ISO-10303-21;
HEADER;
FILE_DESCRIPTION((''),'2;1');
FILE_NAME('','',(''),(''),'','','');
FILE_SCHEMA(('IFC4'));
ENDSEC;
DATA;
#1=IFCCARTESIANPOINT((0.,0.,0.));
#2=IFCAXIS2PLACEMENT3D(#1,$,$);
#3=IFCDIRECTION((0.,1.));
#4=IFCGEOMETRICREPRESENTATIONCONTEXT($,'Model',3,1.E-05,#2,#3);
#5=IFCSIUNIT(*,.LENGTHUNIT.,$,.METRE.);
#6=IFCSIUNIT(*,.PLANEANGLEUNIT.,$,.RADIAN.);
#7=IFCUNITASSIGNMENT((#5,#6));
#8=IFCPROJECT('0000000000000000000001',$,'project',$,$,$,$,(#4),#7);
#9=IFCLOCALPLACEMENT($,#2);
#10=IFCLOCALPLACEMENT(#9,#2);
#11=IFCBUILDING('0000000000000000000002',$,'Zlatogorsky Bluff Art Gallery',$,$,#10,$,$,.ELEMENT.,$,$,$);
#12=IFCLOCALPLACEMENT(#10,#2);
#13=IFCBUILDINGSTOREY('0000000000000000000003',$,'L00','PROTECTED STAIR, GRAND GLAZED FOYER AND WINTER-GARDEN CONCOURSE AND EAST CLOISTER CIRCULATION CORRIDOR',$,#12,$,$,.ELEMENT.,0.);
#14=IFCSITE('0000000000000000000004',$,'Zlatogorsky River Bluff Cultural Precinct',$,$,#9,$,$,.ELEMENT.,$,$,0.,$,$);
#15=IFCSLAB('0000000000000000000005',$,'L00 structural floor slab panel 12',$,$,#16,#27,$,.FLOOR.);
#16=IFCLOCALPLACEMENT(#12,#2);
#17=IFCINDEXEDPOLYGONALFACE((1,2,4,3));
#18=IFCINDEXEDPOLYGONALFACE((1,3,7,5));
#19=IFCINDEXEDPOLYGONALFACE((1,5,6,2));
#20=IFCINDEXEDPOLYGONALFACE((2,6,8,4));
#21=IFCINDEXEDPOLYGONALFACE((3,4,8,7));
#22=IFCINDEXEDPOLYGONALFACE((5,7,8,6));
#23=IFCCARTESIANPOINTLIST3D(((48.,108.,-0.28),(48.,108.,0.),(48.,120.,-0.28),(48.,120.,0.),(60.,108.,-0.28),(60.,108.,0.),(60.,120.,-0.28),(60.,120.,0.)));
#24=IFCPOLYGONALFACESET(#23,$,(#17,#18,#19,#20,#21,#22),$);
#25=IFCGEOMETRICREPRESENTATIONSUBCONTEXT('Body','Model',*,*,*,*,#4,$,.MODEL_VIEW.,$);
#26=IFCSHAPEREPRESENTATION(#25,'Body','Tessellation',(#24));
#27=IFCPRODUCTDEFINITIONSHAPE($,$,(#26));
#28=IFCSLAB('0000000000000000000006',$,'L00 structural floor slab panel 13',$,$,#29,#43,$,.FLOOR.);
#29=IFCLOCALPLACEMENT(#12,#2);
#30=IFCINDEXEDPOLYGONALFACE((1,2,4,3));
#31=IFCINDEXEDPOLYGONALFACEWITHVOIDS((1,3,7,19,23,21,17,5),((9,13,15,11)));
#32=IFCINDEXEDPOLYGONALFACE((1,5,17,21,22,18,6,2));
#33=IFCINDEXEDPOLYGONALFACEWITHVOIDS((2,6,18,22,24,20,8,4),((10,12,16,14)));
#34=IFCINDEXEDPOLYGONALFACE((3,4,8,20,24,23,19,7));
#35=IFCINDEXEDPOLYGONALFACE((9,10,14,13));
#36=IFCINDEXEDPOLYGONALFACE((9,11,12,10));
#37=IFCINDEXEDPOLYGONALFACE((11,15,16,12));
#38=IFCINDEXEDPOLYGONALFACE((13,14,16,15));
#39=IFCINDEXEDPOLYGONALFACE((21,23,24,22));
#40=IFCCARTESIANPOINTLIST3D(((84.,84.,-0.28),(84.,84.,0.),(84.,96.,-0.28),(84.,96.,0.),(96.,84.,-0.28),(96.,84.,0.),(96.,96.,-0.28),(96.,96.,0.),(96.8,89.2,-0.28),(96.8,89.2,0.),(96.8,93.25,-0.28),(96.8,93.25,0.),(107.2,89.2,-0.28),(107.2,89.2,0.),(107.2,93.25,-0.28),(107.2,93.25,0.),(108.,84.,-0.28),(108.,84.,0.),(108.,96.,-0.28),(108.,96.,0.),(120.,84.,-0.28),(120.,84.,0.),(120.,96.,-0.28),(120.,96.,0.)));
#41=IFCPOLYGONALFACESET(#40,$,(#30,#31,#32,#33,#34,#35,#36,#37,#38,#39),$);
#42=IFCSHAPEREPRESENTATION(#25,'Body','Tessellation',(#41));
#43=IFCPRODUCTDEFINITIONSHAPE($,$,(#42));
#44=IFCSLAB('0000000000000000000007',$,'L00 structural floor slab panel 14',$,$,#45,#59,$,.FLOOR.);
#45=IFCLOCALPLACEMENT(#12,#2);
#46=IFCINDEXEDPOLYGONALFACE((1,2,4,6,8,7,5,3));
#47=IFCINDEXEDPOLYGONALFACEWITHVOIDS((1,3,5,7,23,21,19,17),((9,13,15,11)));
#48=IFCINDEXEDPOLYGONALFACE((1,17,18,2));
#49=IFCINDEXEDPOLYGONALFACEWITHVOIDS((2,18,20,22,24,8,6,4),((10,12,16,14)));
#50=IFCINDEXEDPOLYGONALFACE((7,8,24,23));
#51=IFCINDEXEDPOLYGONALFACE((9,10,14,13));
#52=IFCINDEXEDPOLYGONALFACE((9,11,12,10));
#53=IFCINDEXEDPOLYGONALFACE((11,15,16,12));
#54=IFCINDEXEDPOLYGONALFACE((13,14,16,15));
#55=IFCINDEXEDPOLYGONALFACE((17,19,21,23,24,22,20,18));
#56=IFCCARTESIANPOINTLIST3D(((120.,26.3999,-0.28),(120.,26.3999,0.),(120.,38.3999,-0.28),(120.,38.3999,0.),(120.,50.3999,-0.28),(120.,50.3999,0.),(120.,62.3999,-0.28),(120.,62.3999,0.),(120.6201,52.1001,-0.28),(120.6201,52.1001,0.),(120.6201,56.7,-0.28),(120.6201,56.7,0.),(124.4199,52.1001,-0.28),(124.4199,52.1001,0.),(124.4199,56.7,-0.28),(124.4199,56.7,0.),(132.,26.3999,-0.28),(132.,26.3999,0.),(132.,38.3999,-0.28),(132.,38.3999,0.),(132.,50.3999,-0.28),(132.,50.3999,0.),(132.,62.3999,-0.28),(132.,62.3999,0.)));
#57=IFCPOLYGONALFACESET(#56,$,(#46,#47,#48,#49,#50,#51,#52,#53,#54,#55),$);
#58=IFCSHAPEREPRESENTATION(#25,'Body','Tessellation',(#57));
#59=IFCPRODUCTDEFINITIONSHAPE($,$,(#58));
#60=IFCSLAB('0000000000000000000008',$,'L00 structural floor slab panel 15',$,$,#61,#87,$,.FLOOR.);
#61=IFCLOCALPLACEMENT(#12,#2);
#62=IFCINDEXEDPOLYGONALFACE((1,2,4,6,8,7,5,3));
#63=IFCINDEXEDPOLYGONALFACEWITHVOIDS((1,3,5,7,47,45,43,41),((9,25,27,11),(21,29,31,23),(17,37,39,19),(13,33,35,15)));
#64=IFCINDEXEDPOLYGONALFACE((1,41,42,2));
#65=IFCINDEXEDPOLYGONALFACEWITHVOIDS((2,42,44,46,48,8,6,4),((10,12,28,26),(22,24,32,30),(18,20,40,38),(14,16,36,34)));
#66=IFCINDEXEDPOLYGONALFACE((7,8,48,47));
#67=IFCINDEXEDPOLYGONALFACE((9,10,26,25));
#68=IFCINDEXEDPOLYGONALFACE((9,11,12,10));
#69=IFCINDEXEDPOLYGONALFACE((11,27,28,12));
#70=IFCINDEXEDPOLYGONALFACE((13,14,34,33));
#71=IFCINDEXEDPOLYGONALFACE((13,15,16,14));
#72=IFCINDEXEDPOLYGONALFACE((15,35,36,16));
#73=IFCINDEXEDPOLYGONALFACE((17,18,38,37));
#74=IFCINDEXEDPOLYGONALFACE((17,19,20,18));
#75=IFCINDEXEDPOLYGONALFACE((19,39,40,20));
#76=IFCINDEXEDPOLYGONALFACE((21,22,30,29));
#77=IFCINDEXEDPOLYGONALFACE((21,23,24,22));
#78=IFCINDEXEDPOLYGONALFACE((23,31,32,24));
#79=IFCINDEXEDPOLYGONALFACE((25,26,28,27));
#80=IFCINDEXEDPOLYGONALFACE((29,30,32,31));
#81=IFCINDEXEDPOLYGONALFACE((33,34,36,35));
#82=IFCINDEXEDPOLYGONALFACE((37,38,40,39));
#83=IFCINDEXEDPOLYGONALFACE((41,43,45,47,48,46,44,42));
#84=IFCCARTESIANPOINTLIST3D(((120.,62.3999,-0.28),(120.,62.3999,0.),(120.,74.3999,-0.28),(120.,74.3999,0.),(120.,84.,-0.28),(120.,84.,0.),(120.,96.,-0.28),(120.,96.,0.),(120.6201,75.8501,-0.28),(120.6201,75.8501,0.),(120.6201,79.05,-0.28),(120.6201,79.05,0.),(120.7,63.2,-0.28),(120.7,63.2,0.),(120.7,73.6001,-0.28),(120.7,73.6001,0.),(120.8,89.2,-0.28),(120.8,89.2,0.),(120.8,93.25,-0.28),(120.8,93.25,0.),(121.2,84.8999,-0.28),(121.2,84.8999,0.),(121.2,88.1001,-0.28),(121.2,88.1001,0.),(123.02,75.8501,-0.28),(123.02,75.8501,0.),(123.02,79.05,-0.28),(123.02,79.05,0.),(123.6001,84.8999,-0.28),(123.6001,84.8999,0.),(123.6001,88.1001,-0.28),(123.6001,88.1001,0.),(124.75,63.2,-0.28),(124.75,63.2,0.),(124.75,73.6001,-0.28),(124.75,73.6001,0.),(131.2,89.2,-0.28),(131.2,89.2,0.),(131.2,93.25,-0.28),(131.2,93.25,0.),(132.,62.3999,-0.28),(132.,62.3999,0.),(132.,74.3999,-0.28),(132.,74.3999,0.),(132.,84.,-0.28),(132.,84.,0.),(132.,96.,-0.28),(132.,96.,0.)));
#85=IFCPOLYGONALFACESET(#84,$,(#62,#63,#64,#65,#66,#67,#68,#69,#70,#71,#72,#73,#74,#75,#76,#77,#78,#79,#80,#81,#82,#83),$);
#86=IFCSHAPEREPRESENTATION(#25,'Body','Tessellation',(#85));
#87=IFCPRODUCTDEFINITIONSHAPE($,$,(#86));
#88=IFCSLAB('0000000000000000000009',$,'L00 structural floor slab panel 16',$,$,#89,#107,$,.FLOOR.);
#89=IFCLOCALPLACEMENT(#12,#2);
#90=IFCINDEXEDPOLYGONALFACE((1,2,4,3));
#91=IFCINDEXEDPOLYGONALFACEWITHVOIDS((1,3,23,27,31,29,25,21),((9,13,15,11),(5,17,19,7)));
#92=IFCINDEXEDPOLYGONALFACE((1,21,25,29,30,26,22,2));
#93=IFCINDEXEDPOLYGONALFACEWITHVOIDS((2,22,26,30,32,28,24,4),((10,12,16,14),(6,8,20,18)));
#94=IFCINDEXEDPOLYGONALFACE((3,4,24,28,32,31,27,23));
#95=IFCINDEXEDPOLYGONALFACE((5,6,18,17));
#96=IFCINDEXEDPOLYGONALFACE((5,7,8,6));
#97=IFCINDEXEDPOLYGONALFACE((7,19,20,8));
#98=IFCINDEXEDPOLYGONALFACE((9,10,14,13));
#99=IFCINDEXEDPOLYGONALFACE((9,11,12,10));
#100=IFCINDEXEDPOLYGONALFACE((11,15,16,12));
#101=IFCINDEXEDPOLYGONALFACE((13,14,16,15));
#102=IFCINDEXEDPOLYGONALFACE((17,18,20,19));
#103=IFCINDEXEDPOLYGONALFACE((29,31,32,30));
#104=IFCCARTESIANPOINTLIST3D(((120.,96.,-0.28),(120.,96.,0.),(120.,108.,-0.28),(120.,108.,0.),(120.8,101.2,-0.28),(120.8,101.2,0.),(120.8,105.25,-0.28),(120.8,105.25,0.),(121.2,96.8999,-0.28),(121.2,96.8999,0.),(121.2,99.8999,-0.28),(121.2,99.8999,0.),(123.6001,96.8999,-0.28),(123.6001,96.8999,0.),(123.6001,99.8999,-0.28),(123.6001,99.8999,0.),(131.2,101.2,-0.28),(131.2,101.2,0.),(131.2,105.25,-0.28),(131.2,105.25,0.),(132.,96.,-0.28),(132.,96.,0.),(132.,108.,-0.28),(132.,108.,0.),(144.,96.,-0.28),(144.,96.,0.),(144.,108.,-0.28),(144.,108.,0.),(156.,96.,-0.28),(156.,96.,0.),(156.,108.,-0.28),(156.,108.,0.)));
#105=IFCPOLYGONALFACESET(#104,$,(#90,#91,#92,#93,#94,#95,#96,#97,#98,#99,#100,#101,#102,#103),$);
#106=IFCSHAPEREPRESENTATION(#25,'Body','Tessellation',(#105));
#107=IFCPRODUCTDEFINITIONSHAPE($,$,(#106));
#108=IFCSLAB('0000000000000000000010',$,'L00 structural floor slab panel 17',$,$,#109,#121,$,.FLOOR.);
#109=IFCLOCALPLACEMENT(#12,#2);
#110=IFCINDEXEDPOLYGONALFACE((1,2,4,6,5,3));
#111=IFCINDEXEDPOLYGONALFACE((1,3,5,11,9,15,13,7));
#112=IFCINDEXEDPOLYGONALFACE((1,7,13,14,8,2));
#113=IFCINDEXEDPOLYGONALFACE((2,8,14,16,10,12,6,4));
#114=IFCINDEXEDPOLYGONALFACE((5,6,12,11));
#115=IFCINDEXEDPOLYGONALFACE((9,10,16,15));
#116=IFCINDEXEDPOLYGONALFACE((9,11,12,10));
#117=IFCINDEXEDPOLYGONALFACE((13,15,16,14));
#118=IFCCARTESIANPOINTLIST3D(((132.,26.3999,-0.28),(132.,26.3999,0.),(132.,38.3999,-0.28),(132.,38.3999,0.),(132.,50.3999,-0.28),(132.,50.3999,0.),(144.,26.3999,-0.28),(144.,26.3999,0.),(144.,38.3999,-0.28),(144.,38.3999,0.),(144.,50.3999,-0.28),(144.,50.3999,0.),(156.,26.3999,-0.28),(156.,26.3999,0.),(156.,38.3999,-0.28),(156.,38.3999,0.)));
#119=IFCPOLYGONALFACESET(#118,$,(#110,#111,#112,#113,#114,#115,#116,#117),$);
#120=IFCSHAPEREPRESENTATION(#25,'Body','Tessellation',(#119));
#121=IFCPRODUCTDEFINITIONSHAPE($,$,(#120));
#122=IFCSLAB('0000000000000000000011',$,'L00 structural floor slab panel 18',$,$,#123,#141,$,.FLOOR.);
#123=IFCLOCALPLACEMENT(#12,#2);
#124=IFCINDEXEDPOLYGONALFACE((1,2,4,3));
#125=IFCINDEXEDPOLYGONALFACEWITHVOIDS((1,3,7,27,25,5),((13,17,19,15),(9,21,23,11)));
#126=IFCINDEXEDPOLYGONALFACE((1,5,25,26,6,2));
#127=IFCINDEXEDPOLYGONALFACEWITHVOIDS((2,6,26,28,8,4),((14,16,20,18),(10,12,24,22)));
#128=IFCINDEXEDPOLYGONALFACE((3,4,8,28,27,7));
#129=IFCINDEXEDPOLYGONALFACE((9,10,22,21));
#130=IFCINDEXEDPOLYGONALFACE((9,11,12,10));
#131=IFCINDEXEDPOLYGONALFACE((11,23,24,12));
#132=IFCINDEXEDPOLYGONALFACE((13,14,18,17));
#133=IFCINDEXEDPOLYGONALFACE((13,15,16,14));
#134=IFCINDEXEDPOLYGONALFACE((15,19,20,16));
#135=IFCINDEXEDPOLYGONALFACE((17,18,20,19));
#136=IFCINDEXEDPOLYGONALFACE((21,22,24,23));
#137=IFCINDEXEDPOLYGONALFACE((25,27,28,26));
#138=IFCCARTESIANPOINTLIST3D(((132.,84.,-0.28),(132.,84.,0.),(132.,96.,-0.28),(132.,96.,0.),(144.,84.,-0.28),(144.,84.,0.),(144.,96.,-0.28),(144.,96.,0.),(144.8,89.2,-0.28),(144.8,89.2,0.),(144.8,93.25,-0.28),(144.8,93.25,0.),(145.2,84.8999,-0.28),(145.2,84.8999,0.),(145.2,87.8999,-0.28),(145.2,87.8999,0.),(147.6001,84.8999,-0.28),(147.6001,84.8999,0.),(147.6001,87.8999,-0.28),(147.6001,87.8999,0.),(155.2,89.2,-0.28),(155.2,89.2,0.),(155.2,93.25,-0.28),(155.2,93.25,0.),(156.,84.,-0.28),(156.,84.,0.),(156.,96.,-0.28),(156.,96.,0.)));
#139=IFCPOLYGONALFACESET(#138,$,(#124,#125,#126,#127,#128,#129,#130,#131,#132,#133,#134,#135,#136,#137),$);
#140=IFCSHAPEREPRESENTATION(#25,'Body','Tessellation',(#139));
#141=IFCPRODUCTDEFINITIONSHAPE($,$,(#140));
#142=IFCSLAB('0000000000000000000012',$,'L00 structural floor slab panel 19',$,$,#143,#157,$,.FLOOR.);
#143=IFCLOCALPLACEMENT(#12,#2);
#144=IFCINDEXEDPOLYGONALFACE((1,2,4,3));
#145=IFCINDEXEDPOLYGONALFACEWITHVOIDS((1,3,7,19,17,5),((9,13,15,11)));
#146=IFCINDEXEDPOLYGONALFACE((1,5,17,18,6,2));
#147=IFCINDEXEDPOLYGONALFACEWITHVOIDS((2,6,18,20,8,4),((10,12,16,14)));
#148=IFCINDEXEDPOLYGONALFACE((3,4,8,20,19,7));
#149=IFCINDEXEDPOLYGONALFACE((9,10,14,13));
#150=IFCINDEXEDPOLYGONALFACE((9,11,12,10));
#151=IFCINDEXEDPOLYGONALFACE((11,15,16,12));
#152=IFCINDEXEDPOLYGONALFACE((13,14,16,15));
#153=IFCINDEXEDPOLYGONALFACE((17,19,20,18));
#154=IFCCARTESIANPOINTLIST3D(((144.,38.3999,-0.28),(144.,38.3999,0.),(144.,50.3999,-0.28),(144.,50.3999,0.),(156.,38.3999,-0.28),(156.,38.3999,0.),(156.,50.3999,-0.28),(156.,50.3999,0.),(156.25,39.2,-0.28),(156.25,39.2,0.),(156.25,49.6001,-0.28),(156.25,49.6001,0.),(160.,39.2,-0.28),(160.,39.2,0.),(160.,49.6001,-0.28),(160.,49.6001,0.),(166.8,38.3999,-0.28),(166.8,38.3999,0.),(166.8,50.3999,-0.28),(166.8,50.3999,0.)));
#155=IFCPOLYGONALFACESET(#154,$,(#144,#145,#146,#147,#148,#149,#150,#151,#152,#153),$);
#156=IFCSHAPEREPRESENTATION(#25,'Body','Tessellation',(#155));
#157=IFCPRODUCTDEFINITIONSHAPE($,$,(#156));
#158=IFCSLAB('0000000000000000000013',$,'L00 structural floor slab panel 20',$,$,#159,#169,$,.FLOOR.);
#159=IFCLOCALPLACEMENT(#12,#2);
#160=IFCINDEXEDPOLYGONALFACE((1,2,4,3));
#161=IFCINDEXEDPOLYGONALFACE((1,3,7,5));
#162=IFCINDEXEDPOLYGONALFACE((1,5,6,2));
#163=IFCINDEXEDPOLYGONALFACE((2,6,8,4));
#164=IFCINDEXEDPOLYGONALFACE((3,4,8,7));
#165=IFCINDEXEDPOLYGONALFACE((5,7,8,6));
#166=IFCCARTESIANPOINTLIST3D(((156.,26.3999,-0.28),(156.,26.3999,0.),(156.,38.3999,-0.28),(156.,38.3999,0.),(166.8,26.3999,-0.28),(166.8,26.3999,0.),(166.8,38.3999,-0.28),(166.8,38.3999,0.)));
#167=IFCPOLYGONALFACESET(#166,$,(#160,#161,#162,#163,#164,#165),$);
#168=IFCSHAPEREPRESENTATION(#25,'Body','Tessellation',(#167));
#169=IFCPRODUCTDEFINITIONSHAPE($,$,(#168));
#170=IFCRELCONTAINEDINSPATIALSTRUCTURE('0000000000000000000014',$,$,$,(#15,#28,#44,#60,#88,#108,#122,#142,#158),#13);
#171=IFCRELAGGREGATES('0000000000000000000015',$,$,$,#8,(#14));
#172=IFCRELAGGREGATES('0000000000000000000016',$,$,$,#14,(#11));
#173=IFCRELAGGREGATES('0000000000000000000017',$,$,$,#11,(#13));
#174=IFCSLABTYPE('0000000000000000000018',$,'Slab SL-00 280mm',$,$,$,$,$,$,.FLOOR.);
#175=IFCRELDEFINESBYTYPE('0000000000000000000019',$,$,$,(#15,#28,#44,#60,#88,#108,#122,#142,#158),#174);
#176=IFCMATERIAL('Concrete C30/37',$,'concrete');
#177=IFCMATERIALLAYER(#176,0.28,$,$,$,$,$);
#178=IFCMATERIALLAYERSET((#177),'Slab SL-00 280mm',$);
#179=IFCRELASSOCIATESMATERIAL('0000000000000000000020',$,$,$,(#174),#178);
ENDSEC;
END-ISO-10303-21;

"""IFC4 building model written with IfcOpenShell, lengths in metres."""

from ifc_helpers import new_model, si_unit, direction, frame, origin, place, context, subcontext, project, spatial, polyline, outline, extrude, material, layer, layer_set, type_object, element, save


model = new_model("IFC4")

# Units and contexts
model_context = context("Model", 3, precision=1e-05, world=origin(), true_north=direction((0.0, 1.0)))
body_context = subcontext(model_context, "Body", "Model", "MODEL_VIEW")
ifc_project = project(units=[si_unit("LENGTHUNIT", "METRE"), si_unit("PLANEANGLEUNIT", "RADIAN")], contexts=[model_context])

# Site, building, storey
site_placement = place(None, origin())
site = spatial("IfcSite", under=ifc_project, at=site_placement, Name="Zlatogorsky River Bluff Cultural Precinct", CompositionType="ELEMENT", RefElevation=0.0)
building_placement = place(site_placement, origin())
building = spatial("IfcBuilding", under=site, at=building_placement, Name="Zlatogorsky Bluff Art Gallery", CompositionType="ELEMENT")
storey_placement = place(building_placement, origin())
storey = spatial("IfcBuildingStorey", under=building, at=storey_placement, Name="L00", Description="PROTECTED STAIR, GRAND GLAZED FOYER AND WINTER-GARDEN CONCOURSE AND EAST CLOISTER CIRCULATION CORRIDOR", CompositionType="ELEMENT", Elevation=0.0)

# Slabs
ifc_material_1 = material(Name="Concrete C30/37", Category="concrete")
ifc_layer_1 = layer(ifc_material_1, 0.28)
ifc_layer_set_1 = layer_set([ifc_layer_1], Name="Slab SL-00 280mm")
slab_type_1 = type_object("IfcSlabType", Name="Slab SL-00 280mm", PredefinedType="FLOOR", material=ifc_layer_set_1)
slab_1_placement = place(storey_placement, frame((0.0, 0.0, -0.28)))
element("IfcSlab", 1, at=slab_1_placement, inside=storey, type_object=slab_type_1, Name="L00 structural floor slab panel 12", PredefinedType="FLOOR", context=body_context, shape_type="SweptSolid", body=[
    extrude(outline(polyline([(48.0, 108.0), (48.0, 120.0), (60.0, 120.0), (60.0, 108.0), (48.0, 108.0)])), origin(), (0.0, 0.0, 1.0), 0.28),
])
slab_2_placement = place(storey_placement, frame((0.0, 0.0, -0.28)))
element("IfcSlab", 2, at=slab_2_placement, inside=storey, type_object=slab_type_1, Name="L00 structural floor slab panel 13", PredefinedType="FLOOR", context=body_context, shape_type="SweptSolid", body=[
    extrude(outline(polyline([(84.0, 96.0), (96.0, 96.0), (108.0, 96.0), (120.0, 96.0), (120.0, 84.0), (108.0, 84.0), (96.0, 84.0), (84.0, 84.0), (84.0, 96.0)]), holes=[polyline([(107.2, 89.2), (107.2, 93.25), (96.8, 93.25), (96.8, 89.2), (107.2, 89.2)])]), origin(), (0.0, 0.0, 1.0), 0.28),
])
slab_3_placement = place(storey_placement, frame((0.0, 0.0, -0.28)))
element("IfcSlab", 3, at=slab_3_placement, inside=storey, type_object=slab_type_1, Name="L00 structural floor slab panel 14", PredefinedType="FLOOR", context=body_context, shape_type="SweptSolid", body=[
    extrude(outline(polyline([(120.0, 26.3999), (120.0, 38.3999), (120.0, 50.3999), (120.0, 62.3999), (132.0, 62.3999), (132.0, 50.3999), (132.0, 38.3999), (132.0, 26.3999), (120.0, 26.3999)]), holes=[polyline([(124.4199, 56.7), (120.6201, 56.7), (120.6201, 52.1001), (124.4199, 52.1001), (124.4199, 56.7)])]), origin(), (0.0, 0.0, 1.0), 0.28),
])
slab_4_placement = place(storey_placement, frame((0.0, 0.0, -0.28)))
element("IfcSlab", 4, at=slab_4_placement, inside=storey, type_object=slab_type_1, Name="L00 structural floor slab panel 15", PredefinedType="FLOOR", context=body_context, shape_type="SweptSolid", body=[
    extrude(outline(polyline([(120.0, 62.3999), (120.0, 74.3999), (120.0, 84.0), (120.0, 96.0), (132.0, 96.0), (132.0, 84.0), (132.0, 74.3999), (132.0, 62.3999), (120.0, 62.3999)]), holes=[polyline([(123.02, 79.05), (120.6201, 79.05), (120.6201, 75.8501), (123.02, 75.8501), (123.02, 79.05)]), polyline([(123.6001, 88.1001), (121.2, 88.1001), (121.2, 84.8999), (123.6001, 84.8999), (123.6001, 88.1001)]), polyline([(124.75, 73.6001), (120.7, 73.6001), (120.7, 63.2), (124.75, 63.2), (124.75, 73.6001)]), polyline([(131.2, 89.2), (131.2, 93.25), (120.8, 93.25), (120.8, 89.2), (131.2, 89.2)])]), origin(), (0.0, 0.0, 1.0), 0.28),
])
slab_5_placement = place(storey_placement, frame((0.0, 0.0, -0.28)))
element("IfcSlab", 5, at=slab_5_placement, inside=storey, type_object=slab_type_1, Name="L00 structural floor slab panel 16", PredefinedType="FLOOR", context=body_context, shape_type="SweptSolid", body=[
    extrude(outline(polyline([(120.0, 108.0), (132.0, 108.0), (144.0, 108.0), (156.0, 108.0), (156.0, 96.0), (144.0, 96.0), (132.0, 96.0), (120.0, 96.0), (120.0, 108.0)]), holes=[polyline([(123.6001, 99.8999), (121.2, 99.8999), (121.2, 96.8999), (123.6001, 96.8999), (123.6001, 99.8999)]), polyline([(131.2, 101.2), (131.2, 105.25), (120.8, 105.25), (120.8, 101.2), (131.2, 101.2)])]), origin(), (0.0, 0.0, 1.0), 0.28),
])
slab_6_placement = place(storey_placement, frame((0.0, 0.0, -0.28)))
element("IfcSlab", 6, at=slab_6_placement, inside=storey, type_object=slab_type_1, Name="L00 structural floor slab panel 17", PredefinedType="FLOOR", context=body_context, shape_type="SweptSolid", body=[
    extrude(outline(polyline([(132.0, 38.3999), (132.0, 50.3999), (144.0, 50.3999), (144.0, 38.3999), (156.0, 38.3999), (156.0, 26.3999), (144.0, 26.3999), (132.0, 26.3999), (132.0, 38.3999)])), origin(), (0.0, 0.0, 1.0), 0.28),
])
slab_7_placement = place(storey_placement, frame((0.0, 0.0, -0.28)))
element("IfcSlab", 7, at=slab_7_placement, inside=storey, type_object=slab_type_1, Name="L00 structural floor slab panel 18", PredefinedType="FLOOR", context=body_context, shape_type="SweptSolid", body=[
    extrude(outline(polyline([(132.0, 96.0), (144.0, 96.0), (156.0, 96.0), (156.0, 84.0), (144.0, 84.0), (132.0, 84.0), (132.0, 96.0)]), holes=[polyline([(147.6001, 87.8999), (145.2, 87.8999), (145.2, 84.8999), (147.6001, 84.8999), (147.6001, 87.8999)]), polyline([(155.2, 89.2), (155.2, 93.25), (144.8, 93.25), (144.8, 89.2), (155.2, 89.2)])]), origin(), (0.0, 0.0, 1.0), 0.28),
])
slab_8_placement = place(storey_placement, frame((0.0, 0.0, -0.28)))
element("IfcSlab", 8, at=slab_8_placement, inside=storey, type_object=slab_type_1, Name="L00 structural floor slab panel 19", PredefinedType="FLOOR", context=body_context, shape_type="SweptSolid", body=[
    extrude(outline(polyline([(144.0, 50.3999), (156.0, 50.3999), (166.8, 50.3999), (166.8, 38.3999), (156.0, 38.3999), (144.0, 38.3999), (144.0, 50.3999)]), holes=[polyline([(160.0, 49.6001), (156.25, 49.6001), (156.25, 39.2), (160.0, 39.2), (160.0, 49.6001)])]), origin(), (0.0, 0.0, 1.0), 0.28),
])
slab_9_placement = place(storey_placement, frame((0.0, 0.0, -0.28)))
element("IfcSlab", 9, at=slab_9_placement, inside=storey, type_object=slab_type_1, Name="L00 structural floor slab panel 20", PredefinedType="FLOOR", context=body_context, shape_type="SweptSolid", body=[
    extrude(outline(polyline([(156.0, 26.3999), (156.0, 38.3999), (166.8, 38.3999), (166.8, 26.3999), (156.0, 26.3999)])), origin(), (0.0, 0.0, 1.0), 0.28),
])

save(model, "model.ifc")
